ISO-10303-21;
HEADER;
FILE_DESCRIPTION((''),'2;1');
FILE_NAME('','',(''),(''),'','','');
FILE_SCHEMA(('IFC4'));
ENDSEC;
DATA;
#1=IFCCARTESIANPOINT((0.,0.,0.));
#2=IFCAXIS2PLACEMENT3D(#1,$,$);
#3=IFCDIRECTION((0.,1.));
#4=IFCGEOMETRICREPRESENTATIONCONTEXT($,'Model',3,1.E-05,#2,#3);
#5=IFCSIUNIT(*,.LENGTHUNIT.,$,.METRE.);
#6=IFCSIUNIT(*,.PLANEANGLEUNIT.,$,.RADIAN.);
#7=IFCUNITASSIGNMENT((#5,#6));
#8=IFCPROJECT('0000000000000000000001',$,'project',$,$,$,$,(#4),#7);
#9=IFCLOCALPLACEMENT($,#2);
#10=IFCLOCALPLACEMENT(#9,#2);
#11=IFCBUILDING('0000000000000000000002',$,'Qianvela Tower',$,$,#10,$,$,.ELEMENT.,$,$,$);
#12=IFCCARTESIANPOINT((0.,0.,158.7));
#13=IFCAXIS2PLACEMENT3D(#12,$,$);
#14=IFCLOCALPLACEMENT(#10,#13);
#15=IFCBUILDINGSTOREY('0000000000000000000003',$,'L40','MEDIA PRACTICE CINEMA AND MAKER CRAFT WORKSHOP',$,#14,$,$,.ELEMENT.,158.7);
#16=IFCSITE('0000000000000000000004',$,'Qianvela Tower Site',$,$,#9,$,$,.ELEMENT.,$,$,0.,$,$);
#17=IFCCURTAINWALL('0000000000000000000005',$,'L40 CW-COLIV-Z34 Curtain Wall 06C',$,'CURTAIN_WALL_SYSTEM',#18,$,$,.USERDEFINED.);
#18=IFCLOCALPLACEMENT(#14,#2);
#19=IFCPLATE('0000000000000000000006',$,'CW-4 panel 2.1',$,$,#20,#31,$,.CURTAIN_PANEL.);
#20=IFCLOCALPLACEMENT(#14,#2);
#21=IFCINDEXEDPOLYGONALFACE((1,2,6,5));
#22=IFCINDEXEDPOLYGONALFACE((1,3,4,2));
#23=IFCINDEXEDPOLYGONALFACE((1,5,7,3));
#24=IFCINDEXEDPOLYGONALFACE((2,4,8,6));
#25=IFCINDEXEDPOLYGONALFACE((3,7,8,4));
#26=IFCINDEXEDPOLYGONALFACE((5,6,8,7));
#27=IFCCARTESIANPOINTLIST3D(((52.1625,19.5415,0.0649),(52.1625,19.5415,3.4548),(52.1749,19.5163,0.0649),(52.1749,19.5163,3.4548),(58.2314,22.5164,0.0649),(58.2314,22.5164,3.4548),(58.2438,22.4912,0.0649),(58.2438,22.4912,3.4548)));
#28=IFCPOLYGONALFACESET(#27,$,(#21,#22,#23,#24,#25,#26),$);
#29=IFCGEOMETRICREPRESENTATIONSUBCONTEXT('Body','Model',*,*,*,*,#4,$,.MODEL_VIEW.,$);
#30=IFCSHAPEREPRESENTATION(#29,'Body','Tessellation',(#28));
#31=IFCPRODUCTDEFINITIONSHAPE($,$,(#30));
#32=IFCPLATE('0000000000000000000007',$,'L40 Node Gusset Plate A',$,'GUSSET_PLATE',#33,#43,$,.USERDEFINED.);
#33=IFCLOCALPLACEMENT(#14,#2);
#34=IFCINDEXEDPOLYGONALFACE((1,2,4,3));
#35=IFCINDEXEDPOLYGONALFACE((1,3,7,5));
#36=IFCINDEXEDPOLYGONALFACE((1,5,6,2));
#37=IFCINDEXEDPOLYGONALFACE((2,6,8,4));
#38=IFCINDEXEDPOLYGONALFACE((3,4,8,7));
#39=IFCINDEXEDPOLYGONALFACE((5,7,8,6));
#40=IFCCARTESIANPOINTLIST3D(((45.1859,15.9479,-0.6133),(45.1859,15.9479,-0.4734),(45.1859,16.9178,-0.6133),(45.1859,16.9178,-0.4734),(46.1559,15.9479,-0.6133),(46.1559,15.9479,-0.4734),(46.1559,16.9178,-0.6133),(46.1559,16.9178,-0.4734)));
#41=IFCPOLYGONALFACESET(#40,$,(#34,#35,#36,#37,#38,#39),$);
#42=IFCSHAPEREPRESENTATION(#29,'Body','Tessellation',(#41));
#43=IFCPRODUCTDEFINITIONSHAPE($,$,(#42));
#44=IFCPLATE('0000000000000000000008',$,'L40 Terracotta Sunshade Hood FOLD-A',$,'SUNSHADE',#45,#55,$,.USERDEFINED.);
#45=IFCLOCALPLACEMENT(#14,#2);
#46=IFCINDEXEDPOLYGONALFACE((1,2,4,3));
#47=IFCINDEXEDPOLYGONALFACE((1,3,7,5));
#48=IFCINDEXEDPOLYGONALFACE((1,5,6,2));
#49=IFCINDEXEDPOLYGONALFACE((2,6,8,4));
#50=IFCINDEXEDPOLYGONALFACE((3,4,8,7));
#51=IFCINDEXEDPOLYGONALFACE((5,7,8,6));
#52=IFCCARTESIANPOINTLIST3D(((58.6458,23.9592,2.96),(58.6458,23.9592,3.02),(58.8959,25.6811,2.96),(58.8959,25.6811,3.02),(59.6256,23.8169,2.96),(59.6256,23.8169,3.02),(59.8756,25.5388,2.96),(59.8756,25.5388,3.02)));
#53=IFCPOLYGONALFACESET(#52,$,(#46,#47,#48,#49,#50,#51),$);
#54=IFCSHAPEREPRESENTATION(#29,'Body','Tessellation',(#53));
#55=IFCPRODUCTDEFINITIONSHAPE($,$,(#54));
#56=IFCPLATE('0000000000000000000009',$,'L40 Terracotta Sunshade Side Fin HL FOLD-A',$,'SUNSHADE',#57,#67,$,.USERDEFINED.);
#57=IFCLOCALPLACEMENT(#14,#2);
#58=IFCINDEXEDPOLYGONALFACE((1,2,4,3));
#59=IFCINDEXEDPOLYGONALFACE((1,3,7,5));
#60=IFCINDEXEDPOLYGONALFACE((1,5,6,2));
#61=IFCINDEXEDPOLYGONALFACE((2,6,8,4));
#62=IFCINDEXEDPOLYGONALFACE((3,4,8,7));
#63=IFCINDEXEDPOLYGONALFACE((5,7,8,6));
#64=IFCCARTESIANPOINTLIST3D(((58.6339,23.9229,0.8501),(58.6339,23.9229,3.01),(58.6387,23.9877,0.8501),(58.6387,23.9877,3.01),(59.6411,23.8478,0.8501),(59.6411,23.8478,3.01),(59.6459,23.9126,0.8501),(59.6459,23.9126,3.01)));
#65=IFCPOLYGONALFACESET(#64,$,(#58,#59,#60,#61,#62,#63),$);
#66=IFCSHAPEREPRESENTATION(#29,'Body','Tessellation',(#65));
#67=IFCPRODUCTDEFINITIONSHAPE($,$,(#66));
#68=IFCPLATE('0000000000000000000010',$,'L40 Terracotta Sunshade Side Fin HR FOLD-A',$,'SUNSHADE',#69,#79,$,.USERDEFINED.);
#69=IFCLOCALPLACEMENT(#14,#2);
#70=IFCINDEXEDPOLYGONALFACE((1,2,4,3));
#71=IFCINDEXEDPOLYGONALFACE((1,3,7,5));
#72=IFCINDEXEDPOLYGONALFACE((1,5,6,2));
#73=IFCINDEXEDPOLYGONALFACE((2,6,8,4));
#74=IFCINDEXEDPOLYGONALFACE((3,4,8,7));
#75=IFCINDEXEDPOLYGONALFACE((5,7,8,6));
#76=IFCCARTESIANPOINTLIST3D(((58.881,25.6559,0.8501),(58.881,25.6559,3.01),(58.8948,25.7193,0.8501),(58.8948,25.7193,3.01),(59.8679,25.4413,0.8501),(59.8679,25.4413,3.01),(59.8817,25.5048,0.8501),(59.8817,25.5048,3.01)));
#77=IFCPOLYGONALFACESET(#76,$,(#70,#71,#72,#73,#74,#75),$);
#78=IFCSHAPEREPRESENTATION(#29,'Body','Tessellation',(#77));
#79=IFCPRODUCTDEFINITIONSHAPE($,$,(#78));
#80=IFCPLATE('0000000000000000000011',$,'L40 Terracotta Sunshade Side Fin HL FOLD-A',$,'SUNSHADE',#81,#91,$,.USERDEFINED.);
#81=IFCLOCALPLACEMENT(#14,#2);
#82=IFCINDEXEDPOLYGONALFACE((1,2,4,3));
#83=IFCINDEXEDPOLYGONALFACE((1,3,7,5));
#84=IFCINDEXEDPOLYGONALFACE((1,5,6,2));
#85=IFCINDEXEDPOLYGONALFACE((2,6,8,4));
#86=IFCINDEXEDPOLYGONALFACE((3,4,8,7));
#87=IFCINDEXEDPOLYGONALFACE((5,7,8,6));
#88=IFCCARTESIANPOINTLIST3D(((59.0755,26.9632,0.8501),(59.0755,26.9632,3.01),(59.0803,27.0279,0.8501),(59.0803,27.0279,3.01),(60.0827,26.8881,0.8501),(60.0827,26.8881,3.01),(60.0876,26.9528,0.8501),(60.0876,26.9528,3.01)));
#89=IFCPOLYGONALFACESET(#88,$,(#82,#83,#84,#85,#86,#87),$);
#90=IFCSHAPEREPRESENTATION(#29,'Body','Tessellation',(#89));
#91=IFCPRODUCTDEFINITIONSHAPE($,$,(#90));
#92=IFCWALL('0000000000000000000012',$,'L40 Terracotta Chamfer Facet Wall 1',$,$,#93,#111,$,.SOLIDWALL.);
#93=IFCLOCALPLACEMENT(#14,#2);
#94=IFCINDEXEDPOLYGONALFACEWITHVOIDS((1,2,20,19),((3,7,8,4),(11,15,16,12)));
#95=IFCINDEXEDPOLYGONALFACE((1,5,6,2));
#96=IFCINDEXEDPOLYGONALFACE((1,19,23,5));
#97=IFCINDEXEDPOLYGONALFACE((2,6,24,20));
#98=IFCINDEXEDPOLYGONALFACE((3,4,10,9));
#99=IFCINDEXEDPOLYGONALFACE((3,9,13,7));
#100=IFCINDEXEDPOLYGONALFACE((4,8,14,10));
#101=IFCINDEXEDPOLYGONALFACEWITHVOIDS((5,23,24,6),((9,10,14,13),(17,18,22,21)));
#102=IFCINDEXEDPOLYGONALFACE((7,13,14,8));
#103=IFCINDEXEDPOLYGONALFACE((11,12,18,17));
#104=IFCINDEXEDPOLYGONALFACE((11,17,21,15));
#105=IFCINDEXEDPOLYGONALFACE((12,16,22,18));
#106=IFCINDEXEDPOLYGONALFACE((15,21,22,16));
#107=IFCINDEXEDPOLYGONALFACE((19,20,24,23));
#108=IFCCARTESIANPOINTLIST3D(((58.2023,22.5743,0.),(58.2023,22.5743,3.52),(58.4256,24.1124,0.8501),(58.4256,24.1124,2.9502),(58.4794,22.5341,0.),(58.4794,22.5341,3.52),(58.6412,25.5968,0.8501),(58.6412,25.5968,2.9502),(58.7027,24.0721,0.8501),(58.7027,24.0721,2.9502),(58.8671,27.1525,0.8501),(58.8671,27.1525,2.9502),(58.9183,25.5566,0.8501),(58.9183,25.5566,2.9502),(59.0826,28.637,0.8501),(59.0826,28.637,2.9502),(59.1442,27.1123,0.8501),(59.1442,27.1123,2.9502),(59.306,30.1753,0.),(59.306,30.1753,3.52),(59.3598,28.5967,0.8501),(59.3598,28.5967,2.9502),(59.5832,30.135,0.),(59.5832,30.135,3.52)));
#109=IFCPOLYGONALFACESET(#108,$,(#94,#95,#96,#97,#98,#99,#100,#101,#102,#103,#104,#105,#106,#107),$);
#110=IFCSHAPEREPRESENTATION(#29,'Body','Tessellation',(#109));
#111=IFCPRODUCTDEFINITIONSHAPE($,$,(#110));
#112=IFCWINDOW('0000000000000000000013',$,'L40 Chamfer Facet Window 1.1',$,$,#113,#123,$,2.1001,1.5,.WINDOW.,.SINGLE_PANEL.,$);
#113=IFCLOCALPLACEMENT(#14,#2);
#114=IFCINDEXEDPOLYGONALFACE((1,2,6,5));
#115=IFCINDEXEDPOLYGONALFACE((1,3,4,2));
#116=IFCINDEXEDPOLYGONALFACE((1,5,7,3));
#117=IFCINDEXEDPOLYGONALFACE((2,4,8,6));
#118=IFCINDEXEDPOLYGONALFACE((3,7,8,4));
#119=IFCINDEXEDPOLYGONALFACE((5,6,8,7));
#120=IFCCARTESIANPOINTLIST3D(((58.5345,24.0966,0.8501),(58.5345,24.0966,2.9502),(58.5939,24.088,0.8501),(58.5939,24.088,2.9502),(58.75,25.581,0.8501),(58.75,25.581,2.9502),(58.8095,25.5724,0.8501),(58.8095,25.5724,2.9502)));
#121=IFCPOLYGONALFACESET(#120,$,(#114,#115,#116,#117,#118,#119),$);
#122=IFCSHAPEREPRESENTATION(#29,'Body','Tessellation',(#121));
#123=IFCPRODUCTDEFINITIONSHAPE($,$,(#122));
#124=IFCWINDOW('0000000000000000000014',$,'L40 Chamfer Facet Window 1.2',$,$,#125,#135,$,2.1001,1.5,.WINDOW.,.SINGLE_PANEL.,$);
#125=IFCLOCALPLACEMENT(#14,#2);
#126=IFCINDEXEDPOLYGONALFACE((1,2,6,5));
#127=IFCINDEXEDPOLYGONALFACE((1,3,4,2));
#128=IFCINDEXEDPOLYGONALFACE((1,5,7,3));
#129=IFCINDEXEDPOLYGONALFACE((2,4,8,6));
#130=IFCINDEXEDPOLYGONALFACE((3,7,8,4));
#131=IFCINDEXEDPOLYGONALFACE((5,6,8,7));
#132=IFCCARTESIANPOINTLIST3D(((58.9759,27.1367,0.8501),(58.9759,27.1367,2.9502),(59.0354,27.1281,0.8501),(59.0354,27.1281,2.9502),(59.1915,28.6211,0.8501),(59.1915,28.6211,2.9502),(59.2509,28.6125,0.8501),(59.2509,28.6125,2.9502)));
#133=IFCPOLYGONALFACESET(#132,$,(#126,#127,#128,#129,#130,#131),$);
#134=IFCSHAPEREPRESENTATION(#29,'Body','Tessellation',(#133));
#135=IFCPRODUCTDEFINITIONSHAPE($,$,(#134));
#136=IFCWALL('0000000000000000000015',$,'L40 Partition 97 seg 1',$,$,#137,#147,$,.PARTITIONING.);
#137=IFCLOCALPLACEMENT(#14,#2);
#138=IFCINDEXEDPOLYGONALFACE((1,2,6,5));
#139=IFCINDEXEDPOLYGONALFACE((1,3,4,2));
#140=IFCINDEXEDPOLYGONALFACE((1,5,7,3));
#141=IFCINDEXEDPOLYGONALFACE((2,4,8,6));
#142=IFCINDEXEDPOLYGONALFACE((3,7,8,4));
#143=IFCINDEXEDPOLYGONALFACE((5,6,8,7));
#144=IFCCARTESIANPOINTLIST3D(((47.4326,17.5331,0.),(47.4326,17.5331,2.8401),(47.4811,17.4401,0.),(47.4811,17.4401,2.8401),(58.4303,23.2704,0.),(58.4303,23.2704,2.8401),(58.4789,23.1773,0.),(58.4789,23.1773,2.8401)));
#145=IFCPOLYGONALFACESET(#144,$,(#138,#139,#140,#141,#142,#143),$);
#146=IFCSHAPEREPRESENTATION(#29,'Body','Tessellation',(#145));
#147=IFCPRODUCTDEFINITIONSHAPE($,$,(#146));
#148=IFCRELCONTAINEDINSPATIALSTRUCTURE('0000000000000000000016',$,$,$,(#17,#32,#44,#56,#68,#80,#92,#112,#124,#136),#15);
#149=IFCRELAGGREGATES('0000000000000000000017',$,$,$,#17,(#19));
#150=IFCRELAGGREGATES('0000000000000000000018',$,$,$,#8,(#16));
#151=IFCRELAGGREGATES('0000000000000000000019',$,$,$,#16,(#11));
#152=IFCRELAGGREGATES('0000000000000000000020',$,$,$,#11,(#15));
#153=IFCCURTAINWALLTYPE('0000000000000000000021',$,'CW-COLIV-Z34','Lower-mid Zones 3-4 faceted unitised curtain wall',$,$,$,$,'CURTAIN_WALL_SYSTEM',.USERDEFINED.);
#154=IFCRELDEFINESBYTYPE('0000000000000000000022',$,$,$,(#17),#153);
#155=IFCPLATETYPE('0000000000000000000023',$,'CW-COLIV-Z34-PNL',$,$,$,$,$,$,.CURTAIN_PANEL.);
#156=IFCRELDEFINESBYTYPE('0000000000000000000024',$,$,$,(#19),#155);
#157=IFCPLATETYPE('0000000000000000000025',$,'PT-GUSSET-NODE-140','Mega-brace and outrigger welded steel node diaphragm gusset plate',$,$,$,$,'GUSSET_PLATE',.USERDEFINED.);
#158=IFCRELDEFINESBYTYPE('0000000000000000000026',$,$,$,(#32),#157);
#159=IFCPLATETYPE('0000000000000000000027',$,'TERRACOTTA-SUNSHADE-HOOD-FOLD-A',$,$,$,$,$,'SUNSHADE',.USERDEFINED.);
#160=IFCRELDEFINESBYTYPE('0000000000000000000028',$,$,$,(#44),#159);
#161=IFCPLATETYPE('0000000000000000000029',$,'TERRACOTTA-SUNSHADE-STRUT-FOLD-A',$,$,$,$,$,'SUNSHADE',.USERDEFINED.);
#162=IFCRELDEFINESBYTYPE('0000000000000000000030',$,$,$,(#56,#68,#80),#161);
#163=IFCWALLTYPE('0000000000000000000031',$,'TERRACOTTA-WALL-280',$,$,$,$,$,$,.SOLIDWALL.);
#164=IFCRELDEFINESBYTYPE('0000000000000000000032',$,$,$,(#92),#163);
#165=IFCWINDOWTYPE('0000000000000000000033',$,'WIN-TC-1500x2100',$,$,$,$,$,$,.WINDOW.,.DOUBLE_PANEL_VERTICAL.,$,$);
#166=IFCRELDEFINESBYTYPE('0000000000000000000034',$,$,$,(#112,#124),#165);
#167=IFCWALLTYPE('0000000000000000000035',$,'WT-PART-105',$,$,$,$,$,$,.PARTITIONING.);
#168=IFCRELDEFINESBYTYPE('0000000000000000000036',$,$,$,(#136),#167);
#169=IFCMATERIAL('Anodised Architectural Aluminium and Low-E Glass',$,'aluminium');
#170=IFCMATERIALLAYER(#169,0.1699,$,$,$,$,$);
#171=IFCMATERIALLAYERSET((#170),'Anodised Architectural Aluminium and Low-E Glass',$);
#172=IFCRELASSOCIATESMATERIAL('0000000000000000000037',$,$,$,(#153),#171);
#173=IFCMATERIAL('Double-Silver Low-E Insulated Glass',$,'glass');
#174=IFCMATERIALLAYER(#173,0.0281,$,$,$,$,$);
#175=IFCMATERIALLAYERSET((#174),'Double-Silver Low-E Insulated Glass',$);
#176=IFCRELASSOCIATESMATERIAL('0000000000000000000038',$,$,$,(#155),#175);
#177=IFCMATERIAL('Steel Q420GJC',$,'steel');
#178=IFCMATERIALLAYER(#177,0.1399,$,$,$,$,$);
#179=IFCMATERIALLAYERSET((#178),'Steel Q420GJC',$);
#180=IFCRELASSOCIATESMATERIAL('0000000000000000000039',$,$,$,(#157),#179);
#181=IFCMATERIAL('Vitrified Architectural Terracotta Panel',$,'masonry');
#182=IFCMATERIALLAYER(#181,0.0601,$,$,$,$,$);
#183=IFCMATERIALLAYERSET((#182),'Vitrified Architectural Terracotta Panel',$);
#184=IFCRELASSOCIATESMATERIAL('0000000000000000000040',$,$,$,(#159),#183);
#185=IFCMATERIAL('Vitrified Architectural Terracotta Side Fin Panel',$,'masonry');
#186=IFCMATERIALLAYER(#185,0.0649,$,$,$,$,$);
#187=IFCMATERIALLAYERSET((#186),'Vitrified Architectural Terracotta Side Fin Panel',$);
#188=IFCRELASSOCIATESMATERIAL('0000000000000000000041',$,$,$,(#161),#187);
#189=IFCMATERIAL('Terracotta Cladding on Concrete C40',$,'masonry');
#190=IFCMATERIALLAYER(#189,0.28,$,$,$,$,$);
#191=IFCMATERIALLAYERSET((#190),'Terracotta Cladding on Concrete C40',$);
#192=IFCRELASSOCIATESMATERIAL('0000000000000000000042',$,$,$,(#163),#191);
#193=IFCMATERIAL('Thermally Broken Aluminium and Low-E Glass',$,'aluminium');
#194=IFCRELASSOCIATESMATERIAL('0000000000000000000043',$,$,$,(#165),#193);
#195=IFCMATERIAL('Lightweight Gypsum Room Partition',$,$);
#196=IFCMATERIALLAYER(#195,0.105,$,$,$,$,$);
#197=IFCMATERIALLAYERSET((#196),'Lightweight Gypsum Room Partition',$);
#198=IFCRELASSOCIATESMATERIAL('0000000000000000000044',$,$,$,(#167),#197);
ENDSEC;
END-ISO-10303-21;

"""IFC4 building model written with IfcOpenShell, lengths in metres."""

from ifc_helpers import new_model, si_unit, direction, frame, frame_2d, origin, origin_2d, place, context, subcontext, project, spatial, rectangle, extrude, material, layer, layer_set, type_object, element, fill, aggregate, save


model = new_model("IFC4")

# Units and contexts
model_context = context("Model", 3, precision=1e-05, world=origin(), true_north=direction((0.0, 1.0)))
body_context = subcontext(model_context, "Body", "Model", "MODEL_VIEW")
ifc_project = project(units=[si_unit("LENGTHUNIT", "METRE"), si_unit("PLANEANGLEUNIT", "RADIAN")], contexts=[model_context])

# Site, building, storey
site_placement = place(None, origin())
site = spatial("IfcSite", under=ifc_project, at=site_placement, Name="Qianvela Tower Site", CompositionType="ELEMENT", RefElevation=0.0)
building_placement = place(site_placement, origin())
building = spatial("IfcBuilding", under=site, at=building_placement, Name="Qianvela Tower", CompositionType="ELEMENT")
storey_placement = place(building_placement, frame((0.0, 0.0, 158.7)))
storey = spatial("IfcBuildingStorey", under=building, at=storey_placement, Name="L40", Description="MEDIA PRACTICE CINEMA AND MAKER CRAFT WORKSHOP", CompositionType="ELEMENT", Elevation=158.7)

# Curtain wall
ifc_material_1 = material(Name="Anodised Architectural Aluminium and Low-E Glass", Category="aluminium")
ifc_layer_1 = layer(ifc_material_1, 0.1699)
ifc_layer_set_1 = layer_set([ifc_layer_1], Name="Anodised Architectural Aluminium and Low-E Glass")
curtain_wall_type_1 = type_object("IfcCurtainWallType", Name="CW-COLIV-Z34", Description="Lower-mid Zones 3-4 faceted unitised curtain wall", ElementType="CURTAIN_WALL_SYSTEM", PredefinedType="USERDEFINED", material=ifc_layer_set_1)
curtain_wall_1_placement = place(storey_placement, origin())
curtain_wall_1 = element("IfcCurtainWall", 1, at=curtain_wall_1_placement, inside=storey, type_object=curtain_wall_type_1, Name="L40 CW-COLIV-Z34 Curtain Wall 06C", ObjectType="CURTAIN_WALL_SYSTEM", PredefinedType="USERDEFINED")

# Plate
ifc_material_2 = material(Name="Double-Silver Low-E Insulated Glass", Category="glass")
ifc_layer_2 = layer(ifc_material_2, 0.0281)
ifc_layer_set_2 = layer_set([ifc_layer_2], Name="Double-Silver Low-E Insulated Glass")
plate_type_1 = type_object("IfcPlateType", Name="CW-COLIV-Z34-PNL", PredefinedType="CURTAIN_PANEL", material=ifc_layer_set_2)
plate_1_placement = place(storey_placement, frame((55.2031, 21.0164, 0.0649), z_axis=(0.0, 0.0, 1.0), x_axis=(0.897928, 0.440143, 0.0)))
plate_1 = element("IfcPlate", 2, at=plate_1_placement, type_object=plate_type_1, Name="CW-4 panel 2.1", PredefinedType="CURTAIN_PANEL", context=body_context, shape_type="SweptSolid", body=[
    extrude(rectangle(XDim=6.7588, YDim=0.0281, at=origin_2d()), origin(), (0.0, 0.0, 1.0), 3.3899),
])
aggregate(curtain_wall_1, [plate_1])

# Plates
ifc_material_3 = material(Name="Steel Q420GJC", Category="steel")
ifc_layer_3 = layer(ifc_material_3, 0.1399)
ifc_layer_set_3 = layer_set([ifc_layer_3], Name="Steel Q420GJC")
plate_type_2 = type_object("IfcPlateType", Name="PT-GUSSET-NODE-140", Description="Mega-brace and outrigger welded steel node diaphragm gusset plate", ElementType="GUSSET_PLATE", PredefinedType="USERDEFINED", material=ifc_layer_set_3)
plate_2_placement = place(storey_placement, frame((45.6709, 16.4329, -0.6133), z_axis=(0.0, 0.0, 1.0), x_axis=(1.0, 0.0, 0.0)))
element("IfcPlate", 3, at=plate_2_placement, inside=storey, type_object=plate_type_2, Name="L40 Node Gusset Plate A", ObjectType="GUSSET_PLATE", PredefinedType="USERDEFINED", context=body_context, shape_type="SweptSolid", body=[
    extrude(rectangle(XDim=0.97, YDim=0.97, at=origin_2d()), origin(), (0.0, 0.0, 1.0), 0.1399),
])
ifc_material_4 = material(Name="Vitrified Architectural Terracotta Panel", Category="masonry")
ifc_layer_4 = layer(ifc_material_4, 0.0601)
ifc_layer_set_4 = layer_set([ifc_layer_4], Name="Vitrified Architectural Terracotta Panel")
plate_type_3 = type_object("IfcPlateType", Name="TERRACOTTA-SUNSHADE-HOOD-FOLD-A", ElementType="SUNSHADE", PredefinedType="USERDEFINED", material=ifc_layer_set_4)
plate_3_placement = place(storey_placement, frame((59.2607, 24.749, 2.96), z_axis=(0.0, 0.0, 1.0), x_axis=(0.143729, 0.989617, 0.0)))
element("IfcPlate", 4, at=plate_3_placement, inside=storey, type_object=plate_type_3, Name="L40 Terracotta Sunshade Hood FOLD-A", ObjectType="SUNSHADE", PredefinedType="USERDEFINED", context=body_context, shape_type="SweptSolid", body=[
    extrude(rectangle(XDim=1.74, YDim=0.99, at=origin_2d()), origin(), (0.0, 0.0, 1.0), 0.0601),
])
ifc_material_5 = material(Name="Vitrified Architectural Terracotta Side Fin Panel", Category="masonry")
ifc_layer_5 = layer(ifc_material_5, 0.0649)
ifc_layer_set_5 = layer_set([ifc_layer_5], Name="Vitrified Architectural Terracotta Side Fin Panel")
plate_type_4 = type_object("IfcPlateType", Name="TERRACOTTA-SUNSHADE-STRUT-FOLD-A", ElementType="SUNSHADE", PredefinedType="USERDEFINED", material=ifc_layer_set_5)
for number, where, z_axis, x_axis, name in (
    (5, (59.1399, 23.9177, 0.8501), (0.0, 0.0, 1.0), (0.074347, 0.997232, 0.0), "L40 Terracotta Sunshade Side Fin HL FOLD-A"),
    (6, (59.3813, 25.5803, 0.8501), (0.0, 0.0, 1.0), (0.212411, 0.97718, 0.0), "L40 Terracotta Sunshade Side Fin HR FOLD-A"),
    (7, (59.5815, 26.958, 0.8501), (0.0, 0.0, 1.0), (0.074347, 0.997232, 0.0), "L40 Terracotta Sunshade Side Fin HL FOLD-A"),
):
    element("IfcPlate", number, at=place(storey_placement, frame(where, z_axis=z_axis, x_axis=x_axis)), inside=storey, type_object=plate_type_4, Name=name, ObjectType="SUNSHADE", PredefinedType="USERDEFINED", context=body_context, shape_type="SweptSolid", body=[
        extrude(rectangle(XDim=0.0649, YDim=1.01, at=origin_2d()), origin(), (0.0, 0.0, 1.0), 2.1599),
    ])

# Wall, openings, windows
ifc_material_6 = material(Name="Terracotta Cladding on Concrete C40", Category="masonry")
ifc_layer_6 = layer(ifc_material_6, 0.28)
ifc_layer_set_6 = layer_set([ifc_layer_6], Name="Terracotta Cladding on Concrete C40")
wall_type_1 = type_object("IfcWallType", Name="TERRACOTTA-WALL-280", PredefinedType="SOLIDWALL", material=ifc_layer_set_6)
wall_1_placement = place(storey_placement, frame((58.3408, 22.5542, 0.0), z_axis=(0.0, 0.0, 1.0), x_axis=(0.143708, 0.98962, 0.0)))
wall_1 = element("IfcWall", 8, at=wall_1_placement, inside=storey, type_object=wall_type_1, Name="L40 Terracotta Chamfer Facet Wall 1", PredefinedType="SOLIDWALL", context=body_context, shape_type="SweptSolid", body=[
    extrude(rectangle(XDim=7.6807, YDim=0.28, at=frame_2d((3.8403, 0.0))), origin(), (0.0, 0.0, 1.0), 3.52),
])
opening_1_placement = place(wall_1_placement, frame((1.5542, 0.0, 0.8501)))
opening_1 = element("IfcOpeningElement", 9, at=opening_1_placement, cuts=wall_1, PredefinedType="OPENING", context=body_context, shape_type="SweptSolid", body=[
    extrude(rectangle(XDim=1.5, YDim=2.1001, at=frame_2d((0.75, 1.05))), frame((0.0, 0.1499, 0.0), z_axis=(0.0, -1.0, 0.0), x_axis=(1.0, 0.0, 0.0)), (0.0, 0.0, 1.0), 0.3),
])
opening_2_placement = place(wall_1_placement, frame((4.6262, 0.0, 0.8501)))
opening_2 = element("IfcOpeningElement", 10, at=opening_2_placement, cuts=wall_1, PredefinedType="OPENING", context=body_context, shape_type="SweptSolid", body=[
    extrude(rectangle(XDim=1.5, YDim=2.1001, at=frame_2d((0.75, 1.05))), frame((0.0, 0.1499, 0.0), z_axis=(0.0, -1.0, 0.0), x_axis=(1.0, 0.0, 0.0)), (0.0, 0.0, 1.0), 0.3),
])
ifc_material_7 = material(Name="Thermally Broken Aluminium and Low-E Glass", Category="aluminium")
window_type = type_object("IfcWindowType", Name="WIN-TC-1500x2100", PartitioningType="DOUBLE_PANEL_VERTICAL", PredefinedType="WINDOW", material=ifc_material_7)
window_1_placement = place(opening_1_placement, origin())
window_1 = element("IfcWindow", 11, at=window_1_placement, inside=storey, type_object=window_type, Name="L40 Chamfer Facet Window 1.1", OverallHeight=2.1001, OverallWidth=1.5, PartitioningType="SINGLE_PANEL", PredefinedType="WINDOW", context=body_context, shape_type="SweptSolid", body=[
    extrude(rectangle(XDim=1.5, YDim=2.1001, at=frame_2d((0.75, 1.05))), frame((0.0, 0.03, 0.0), z_axis=(0.0, -1.0, 0.0), x_axis=(1.0, 0.0, 0.0)), (0.0, 0.0, 1.0), 0.0601),
])
fill(opening_1, window_1)
window_2_placement = place(opening_2_placement, origin())
window_2 = element("IfcWindow", 12, at=window_2_placement, inside=storey, type_object=window_type, Name="L40 Chamfer Facet Window 1.2", OverallHeight=2.1001, OverallWidth=1.5, PartitioningType="SINGLE_PANEL", PredefinedType="WINDOW", context=body_context, shape_type="SweptSolid", body=[
    extrude(rectangle(XDim=1.5, YDim=2.1001, at=frame_2d((0.75, 1.05))), frame((0.0, 0.03, 0.0), z_axis=(0.0, -1.0, 0.0), x_axis=(1.0, 0.0, 0.0)), (0.0, 0.0, 1.0), 0.0601),
])
fill(opening_2, window_2)

# Wall
ifc_material_8 = material(Name="Lightweight Gypsum Room Partition")
ifc_layer_7 = layer(ifc_material_8, 0.105)
ifc_layer_set_7 = layer_set([ifc_layer_7], Name="Lightweight Gypsum Room Partition")
wall_type_2 = type_object("IfcWallType", Name="WT-PART-105", PredefinedType="PARTITIONING", material=ifc_layer_set_7)
wall_2_placement = place(storey_placement, frame((58.4546, 23.2239, 0.0), z_axis=(0.0, 0.0, 1.0), x_axis=(-0.886607, -0.462523, 0.0)))
element("IfcWall", 13, at=wall_2_placement, inside=storey, type_object=wall_type_2, Name="L40 Partition 97 seg 1", PredefinedType="PARTITIONING", context=body_context, shape_type="SweptSolid", body=[
    extrude(rectangle(XDim=12.4043, YDim=0.105, at=frame_2d((6.2021, 0.0))), origin(), (0.0, 0.0, 1.0), 2.8401),
])

save(model, "model.ifc")
